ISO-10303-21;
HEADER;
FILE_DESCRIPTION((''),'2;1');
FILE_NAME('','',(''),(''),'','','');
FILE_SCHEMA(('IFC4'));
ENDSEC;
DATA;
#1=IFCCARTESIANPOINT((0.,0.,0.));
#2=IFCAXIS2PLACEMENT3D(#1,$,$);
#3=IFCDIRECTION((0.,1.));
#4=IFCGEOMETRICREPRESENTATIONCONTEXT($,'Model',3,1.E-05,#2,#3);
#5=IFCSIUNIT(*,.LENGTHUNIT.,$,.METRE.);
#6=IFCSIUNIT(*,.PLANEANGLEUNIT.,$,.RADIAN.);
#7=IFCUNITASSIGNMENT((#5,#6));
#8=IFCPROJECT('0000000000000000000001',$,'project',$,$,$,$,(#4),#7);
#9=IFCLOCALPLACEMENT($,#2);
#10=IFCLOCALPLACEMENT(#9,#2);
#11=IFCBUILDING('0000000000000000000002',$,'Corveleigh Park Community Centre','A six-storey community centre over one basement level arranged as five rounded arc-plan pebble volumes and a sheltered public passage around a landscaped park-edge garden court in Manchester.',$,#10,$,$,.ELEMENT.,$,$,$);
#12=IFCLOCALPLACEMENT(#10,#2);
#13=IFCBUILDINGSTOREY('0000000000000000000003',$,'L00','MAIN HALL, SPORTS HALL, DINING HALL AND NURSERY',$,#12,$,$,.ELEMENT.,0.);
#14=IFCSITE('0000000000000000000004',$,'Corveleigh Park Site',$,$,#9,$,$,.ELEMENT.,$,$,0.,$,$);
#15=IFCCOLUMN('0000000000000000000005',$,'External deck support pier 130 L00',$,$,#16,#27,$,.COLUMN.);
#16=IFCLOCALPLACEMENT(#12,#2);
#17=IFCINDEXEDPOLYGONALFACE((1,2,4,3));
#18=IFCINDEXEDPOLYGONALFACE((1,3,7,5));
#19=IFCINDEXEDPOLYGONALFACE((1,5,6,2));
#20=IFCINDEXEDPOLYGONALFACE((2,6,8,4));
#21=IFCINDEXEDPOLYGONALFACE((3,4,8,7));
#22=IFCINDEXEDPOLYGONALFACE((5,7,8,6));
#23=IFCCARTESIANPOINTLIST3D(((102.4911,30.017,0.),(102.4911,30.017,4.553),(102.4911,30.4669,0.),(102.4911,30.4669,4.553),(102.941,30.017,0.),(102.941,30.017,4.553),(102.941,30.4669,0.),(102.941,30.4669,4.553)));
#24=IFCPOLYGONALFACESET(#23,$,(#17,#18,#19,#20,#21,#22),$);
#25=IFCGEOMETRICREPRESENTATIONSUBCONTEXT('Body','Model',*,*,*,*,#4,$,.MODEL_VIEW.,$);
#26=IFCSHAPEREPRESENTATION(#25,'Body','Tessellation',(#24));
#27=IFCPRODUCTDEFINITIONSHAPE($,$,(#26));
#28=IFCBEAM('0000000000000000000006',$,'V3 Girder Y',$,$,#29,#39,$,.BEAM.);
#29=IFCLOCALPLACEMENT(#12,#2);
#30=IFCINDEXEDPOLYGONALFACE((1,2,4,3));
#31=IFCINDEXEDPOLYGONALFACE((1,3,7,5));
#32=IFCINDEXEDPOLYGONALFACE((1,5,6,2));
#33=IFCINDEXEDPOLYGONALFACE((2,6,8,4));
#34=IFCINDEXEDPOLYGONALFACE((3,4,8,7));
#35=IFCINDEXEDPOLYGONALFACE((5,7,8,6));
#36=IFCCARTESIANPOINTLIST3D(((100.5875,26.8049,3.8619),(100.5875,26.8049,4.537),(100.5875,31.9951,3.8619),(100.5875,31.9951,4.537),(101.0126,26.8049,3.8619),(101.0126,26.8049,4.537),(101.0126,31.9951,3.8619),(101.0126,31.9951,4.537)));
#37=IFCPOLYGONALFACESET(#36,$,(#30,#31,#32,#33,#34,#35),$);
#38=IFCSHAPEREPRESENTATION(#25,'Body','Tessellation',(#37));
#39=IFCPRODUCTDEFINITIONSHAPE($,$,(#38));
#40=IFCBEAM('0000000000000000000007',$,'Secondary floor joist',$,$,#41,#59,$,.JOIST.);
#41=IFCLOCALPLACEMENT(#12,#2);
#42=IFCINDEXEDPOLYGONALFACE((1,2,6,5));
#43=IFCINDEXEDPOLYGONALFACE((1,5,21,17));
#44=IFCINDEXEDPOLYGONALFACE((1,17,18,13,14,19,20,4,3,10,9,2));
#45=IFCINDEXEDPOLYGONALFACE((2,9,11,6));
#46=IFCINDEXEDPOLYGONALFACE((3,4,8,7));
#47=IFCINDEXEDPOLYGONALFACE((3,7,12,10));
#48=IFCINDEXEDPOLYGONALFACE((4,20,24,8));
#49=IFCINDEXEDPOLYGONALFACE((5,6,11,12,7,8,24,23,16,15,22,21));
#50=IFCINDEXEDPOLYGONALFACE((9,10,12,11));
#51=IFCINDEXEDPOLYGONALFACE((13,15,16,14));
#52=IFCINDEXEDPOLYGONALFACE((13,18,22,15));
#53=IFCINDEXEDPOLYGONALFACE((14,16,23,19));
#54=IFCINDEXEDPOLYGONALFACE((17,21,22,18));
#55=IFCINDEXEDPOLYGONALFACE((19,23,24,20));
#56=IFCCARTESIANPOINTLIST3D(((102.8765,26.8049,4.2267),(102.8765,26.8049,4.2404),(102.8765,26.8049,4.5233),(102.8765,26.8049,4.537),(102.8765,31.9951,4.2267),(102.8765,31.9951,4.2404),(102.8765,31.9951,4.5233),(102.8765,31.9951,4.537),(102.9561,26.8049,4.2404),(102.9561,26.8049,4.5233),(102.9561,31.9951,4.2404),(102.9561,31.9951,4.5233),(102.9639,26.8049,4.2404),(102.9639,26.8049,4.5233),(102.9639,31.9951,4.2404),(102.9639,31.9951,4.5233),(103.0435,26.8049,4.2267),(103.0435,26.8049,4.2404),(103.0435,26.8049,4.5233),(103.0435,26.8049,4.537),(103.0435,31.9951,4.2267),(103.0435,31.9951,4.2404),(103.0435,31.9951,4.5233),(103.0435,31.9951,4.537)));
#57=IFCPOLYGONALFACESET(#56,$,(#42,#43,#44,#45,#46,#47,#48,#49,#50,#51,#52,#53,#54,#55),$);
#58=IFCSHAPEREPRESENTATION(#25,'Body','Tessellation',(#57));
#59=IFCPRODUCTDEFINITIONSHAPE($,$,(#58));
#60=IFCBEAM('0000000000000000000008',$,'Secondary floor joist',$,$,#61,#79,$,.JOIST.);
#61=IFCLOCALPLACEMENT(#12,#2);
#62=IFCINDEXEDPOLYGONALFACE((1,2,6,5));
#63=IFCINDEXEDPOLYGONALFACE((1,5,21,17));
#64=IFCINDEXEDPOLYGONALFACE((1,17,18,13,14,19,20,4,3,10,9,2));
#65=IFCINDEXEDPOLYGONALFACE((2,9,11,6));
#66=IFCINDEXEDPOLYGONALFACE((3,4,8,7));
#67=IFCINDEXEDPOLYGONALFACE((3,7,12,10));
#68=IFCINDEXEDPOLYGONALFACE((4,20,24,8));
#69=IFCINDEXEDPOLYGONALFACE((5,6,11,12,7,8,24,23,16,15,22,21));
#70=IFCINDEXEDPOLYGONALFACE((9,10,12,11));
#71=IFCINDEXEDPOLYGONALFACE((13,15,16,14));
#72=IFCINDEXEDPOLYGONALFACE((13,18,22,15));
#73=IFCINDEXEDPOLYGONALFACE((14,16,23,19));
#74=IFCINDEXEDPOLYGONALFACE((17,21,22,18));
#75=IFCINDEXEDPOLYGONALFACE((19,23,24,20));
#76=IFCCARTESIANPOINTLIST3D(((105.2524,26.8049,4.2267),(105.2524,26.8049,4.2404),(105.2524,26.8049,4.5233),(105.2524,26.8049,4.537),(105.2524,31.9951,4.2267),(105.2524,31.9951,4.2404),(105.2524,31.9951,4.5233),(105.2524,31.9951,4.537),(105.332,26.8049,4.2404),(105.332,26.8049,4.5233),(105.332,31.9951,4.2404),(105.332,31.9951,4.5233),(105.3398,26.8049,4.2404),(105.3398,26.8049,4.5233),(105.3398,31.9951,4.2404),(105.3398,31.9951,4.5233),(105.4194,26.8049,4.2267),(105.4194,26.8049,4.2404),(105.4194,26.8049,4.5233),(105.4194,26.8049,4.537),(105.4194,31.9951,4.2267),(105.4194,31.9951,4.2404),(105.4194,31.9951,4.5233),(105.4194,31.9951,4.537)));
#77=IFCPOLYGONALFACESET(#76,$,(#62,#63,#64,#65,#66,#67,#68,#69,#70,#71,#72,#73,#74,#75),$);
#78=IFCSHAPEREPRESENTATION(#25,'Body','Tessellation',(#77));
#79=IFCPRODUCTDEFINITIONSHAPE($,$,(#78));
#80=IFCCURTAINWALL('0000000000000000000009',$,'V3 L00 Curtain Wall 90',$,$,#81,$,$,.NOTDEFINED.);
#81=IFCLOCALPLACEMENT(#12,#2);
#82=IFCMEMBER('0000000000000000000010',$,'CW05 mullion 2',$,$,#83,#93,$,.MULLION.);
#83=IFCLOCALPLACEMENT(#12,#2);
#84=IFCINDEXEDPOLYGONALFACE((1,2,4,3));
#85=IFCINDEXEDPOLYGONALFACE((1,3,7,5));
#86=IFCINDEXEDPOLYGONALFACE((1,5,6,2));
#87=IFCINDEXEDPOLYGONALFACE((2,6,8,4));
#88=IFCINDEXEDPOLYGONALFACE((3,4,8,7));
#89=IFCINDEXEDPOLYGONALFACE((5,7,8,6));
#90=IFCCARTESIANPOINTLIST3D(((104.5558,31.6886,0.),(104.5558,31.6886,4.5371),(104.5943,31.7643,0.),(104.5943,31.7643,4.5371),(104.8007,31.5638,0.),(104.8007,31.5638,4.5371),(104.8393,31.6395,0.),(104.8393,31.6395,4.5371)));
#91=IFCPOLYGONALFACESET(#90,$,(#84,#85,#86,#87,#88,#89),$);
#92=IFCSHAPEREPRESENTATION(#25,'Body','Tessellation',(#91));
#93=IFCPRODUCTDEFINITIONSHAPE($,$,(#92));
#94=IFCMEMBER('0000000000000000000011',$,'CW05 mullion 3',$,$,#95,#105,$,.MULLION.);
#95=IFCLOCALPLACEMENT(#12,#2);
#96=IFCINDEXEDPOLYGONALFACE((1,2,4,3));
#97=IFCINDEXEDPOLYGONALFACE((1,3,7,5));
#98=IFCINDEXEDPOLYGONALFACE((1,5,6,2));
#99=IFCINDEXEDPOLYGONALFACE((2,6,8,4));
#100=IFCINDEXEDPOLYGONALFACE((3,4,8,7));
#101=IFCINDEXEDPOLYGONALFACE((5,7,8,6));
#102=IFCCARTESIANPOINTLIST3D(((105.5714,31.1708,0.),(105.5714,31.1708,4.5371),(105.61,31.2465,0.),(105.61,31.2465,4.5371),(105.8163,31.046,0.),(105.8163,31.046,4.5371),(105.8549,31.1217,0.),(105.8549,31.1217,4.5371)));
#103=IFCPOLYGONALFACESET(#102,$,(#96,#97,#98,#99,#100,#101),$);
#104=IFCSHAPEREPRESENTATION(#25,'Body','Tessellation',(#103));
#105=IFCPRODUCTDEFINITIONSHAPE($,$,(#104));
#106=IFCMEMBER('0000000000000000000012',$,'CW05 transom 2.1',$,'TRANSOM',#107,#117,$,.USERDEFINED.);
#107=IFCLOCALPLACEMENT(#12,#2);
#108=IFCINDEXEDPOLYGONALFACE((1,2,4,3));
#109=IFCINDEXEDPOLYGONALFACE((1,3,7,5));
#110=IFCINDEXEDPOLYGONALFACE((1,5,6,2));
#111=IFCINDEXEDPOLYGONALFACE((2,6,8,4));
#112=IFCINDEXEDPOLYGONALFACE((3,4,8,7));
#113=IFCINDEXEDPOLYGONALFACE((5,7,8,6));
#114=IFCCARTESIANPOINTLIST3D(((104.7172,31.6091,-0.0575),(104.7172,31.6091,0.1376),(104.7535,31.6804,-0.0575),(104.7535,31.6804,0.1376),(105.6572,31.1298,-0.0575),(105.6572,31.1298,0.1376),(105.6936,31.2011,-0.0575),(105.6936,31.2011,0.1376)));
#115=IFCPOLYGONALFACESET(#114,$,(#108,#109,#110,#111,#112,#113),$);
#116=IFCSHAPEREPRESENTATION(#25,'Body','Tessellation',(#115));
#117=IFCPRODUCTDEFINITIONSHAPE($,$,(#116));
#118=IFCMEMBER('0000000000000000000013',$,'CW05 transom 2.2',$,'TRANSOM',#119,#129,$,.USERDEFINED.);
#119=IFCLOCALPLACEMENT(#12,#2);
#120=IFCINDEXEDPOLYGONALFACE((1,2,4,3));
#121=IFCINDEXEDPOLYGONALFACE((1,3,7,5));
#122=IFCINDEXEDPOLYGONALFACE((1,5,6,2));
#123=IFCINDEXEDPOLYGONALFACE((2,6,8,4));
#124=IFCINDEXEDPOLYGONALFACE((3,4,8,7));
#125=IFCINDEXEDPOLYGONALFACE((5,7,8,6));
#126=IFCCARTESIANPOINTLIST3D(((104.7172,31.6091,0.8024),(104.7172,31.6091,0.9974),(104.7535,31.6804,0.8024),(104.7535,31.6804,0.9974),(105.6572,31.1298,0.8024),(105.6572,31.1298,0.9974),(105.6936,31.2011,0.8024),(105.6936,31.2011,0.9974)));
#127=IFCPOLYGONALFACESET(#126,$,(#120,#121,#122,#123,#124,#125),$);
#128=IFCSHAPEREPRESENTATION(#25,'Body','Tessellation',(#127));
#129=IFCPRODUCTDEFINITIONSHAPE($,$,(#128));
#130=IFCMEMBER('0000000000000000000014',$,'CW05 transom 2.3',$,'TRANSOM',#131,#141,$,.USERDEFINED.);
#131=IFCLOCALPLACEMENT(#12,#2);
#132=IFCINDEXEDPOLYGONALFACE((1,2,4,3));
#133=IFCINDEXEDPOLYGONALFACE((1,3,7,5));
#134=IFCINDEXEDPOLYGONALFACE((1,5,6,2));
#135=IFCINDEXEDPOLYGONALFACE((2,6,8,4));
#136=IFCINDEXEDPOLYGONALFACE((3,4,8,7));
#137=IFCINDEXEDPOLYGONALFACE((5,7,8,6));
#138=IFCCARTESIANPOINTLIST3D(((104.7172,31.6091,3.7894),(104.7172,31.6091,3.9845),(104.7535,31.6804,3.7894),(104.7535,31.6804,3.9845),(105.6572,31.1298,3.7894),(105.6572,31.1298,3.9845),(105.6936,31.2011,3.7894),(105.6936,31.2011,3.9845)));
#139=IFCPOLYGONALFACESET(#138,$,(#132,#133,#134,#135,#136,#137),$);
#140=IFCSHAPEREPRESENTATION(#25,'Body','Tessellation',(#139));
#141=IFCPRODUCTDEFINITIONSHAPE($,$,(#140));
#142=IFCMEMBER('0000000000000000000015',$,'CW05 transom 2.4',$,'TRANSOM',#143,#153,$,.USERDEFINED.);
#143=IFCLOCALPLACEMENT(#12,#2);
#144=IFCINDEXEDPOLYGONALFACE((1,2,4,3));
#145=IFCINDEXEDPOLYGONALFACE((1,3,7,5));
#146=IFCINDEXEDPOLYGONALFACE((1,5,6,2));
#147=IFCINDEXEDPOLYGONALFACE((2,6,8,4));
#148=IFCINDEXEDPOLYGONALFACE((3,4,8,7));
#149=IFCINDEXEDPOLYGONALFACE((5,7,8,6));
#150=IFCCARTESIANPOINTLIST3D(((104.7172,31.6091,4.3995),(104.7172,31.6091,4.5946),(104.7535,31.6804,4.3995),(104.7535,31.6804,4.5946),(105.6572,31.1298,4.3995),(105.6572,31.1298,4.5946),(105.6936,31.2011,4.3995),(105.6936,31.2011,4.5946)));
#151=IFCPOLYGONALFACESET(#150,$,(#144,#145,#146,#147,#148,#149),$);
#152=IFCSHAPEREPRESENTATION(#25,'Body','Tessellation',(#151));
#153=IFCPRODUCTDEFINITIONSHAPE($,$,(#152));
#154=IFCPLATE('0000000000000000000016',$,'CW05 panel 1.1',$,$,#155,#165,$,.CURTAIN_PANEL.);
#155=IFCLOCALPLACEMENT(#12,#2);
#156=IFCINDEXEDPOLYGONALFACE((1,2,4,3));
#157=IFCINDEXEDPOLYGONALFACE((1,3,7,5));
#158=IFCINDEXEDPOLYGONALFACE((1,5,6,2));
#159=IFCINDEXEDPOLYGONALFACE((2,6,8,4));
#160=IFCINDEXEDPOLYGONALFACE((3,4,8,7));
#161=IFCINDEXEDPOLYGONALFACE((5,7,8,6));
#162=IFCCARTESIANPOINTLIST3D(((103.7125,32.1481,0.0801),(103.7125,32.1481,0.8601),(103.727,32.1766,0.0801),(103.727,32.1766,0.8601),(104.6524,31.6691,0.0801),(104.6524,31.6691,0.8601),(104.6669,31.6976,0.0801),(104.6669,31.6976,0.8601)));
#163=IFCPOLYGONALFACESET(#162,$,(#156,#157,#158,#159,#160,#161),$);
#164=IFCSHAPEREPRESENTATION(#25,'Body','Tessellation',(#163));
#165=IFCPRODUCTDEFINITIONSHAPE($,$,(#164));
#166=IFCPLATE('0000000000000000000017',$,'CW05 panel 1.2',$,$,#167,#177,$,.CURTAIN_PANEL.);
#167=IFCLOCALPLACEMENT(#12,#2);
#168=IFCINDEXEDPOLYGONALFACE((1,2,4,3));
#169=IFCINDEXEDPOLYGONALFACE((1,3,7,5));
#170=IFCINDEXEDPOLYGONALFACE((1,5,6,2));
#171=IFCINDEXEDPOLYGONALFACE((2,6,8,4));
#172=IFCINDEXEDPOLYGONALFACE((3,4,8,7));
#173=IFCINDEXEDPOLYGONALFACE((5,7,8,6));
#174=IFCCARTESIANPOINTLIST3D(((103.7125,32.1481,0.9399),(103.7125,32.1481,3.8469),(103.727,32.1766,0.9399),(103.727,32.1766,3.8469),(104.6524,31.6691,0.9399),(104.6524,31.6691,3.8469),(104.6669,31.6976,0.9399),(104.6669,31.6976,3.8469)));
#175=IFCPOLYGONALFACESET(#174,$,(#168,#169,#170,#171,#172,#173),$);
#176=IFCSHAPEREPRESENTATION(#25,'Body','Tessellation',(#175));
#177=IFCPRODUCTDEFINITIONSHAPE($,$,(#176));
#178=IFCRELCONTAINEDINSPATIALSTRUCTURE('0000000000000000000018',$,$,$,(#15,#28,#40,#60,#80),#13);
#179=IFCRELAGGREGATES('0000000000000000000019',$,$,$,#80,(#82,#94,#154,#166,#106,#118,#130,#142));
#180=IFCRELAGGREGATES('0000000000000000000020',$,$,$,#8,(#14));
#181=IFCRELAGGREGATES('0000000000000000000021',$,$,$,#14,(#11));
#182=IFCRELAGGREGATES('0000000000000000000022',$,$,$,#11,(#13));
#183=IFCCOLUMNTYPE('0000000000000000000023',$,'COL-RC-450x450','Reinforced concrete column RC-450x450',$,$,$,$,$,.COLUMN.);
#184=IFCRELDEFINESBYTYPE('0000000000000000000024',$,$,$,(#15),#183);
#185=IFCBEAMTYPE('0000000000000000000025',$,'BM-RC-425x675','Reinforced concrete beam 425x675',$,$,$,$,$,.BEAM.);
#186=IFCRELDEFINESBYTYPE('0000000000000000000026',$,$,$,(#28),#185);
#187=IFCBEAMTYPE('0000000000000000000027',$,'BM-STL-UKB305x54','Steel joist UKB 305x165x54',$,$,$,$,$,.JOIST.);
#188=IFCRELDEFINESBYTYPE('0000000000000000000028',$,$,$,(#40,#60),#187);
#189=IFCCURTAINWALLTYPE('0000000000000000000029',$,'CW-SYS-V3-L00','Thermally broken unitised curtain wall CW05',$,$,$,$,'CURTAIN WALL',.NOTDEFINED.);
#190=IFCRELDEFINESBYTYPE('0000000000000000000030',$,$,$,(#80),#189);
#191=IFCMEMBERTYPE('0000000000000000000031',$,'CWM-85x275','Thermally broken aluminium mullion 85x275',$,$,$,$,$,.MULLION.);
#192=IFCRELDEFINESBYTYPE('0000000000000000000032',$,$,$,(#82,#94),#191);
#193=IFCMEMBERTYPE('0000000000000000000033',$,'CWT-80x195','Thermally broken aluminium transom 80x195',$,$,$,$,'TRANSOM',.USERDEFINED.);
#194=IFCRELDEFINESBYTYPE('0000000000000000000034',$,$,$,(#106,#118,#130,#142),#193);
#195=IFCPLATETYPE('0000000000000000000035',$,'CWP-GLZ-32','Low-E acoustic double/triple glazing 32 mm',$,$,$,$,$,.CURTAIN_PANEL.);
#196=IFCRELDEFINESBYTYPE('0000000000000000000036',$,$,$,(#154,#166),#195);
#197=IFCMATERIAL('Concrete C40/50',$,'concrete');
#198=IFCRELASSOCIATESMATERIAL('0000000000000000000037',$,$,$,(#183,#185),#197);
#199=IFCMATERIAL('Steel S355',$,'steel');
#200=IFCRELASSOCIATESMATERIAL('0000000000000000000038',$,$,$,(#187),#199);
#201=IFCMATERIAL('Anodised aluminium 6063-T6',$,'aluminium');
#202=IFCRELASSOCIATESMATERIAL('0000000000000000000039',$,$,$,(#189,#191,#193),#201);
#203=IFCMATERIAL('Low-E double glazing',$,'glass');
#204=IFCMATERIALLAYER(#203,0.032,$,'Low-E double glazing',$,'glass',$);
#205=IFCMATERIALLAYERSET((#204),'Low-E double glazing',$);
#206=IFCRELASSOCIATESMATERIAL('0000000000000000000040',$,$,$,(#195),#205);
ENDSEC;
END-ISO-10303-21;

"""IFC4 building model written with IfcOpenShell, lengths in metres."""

from ifc_helpers import new_model, si_unit, direction, frame, origin, origin_2d, place, context, subcontext, project, spatial, rectangle, i_section, extrude, material, layer, layer_set, material_profile, profile_set, type_object, element, aggregate, save


model = new_model("IFC4")

# Units and contexts
model_context = context("Model", 3, precision=1e-05, world=origin(), true_north=direction((0.0, 1.0)))
body_context = subcontext(model_context, "Body", "Model", "MODEL_VIEW")
ifc_project = project(units=[si_unit("LENGTHUNIT", "METRE"), si_unit("PLANEANGLEUNIT", "RADIAN")], contexts=[model_context])

# Site, building, storey
site_placement = place(None, origin())
site = spatial("IfcSite", under=ifc_project, at=site_placement, Name="Corveleigh Park Site", CompositionType="ELEMENT", RefElevation=0.0)
building_placement = place(site_placement, origin())
building = spatial("IfcBuilding", under=site, at=building_placement, Name="Corveleigh Park Community Centre", Description="A six-storey community centre over one basement level arranged as five rounded arc-plan pebble volumes and a sheltered public passage around a landscaped park-edge garden court in Manchester.", CompositionType="ELEMENT")
storey_placement = place(building_placement, origin())
storey = spatial("IfcBuildingStorey", under=building, at=storey_placement, Name="L00", Description="MAIN HALL, SPORTS HALL, DINING HALL AND NURSERY", CompositionType="ELEMENT", Elevation=0.0)

# Column
ifc_material_1 = material(Name="Concrete C40/50", Category="concrete")
ifc_material_profile_1 = material_profile(ifc_material_1, rectangle(XDim=0.45, YDim=0.45, at=origin_2d()), Name="RC-450x450", Category="concrete")
ifc_profile_set_1 = profile_set([ifc_material_profile_1], Name="Concrete C40/50")
column_type = type_object("IfcColumnType", Name="COL-RC-450x450", Description="Reinforced concrete column RC-450x450", PredefinedType="COLUMN", material=ifc_profile_set_1)
column_placement = place(storey_placement, frame((102.7161, 30.2419, 0.0), z_axis=(0.0, 0.0, 1.0), x_axis=(1.0, 0.0, 0.0)))
element("IfcColumn", 1, at=column_placement, inside=storey, type_object=column_type, Name="External deck support pier 130 L00", PredefinedType="COLUMN", context=body_context, shape_type="SweptSolid", body=[
    extrude(rectangle(XDim=0.45, YDim=0.45, at=origin_2d()), origin(), (0.0, 0.0, 1.0), 4.553),
])

# Beams
ifc_material_profile_2 = material_profile(ifc_material_1, rectangle(XDim=0.425, YDim=0.675, at=origin_2d()), Name="RC-425x675", Category="concrete")
ifc_profile_set_2 = profile_set([ifc_material_profile_2], Name="Concrete C40/50")
beam_type_1 = type_object("IfcBeamType", Name="BM-RC-425x675", Description="Reinforced concrete beam 425x675", PredefinedType="BEAM", material=ifc_profile_set_2)
beam_placement = place(storey_placement, frame((100.8, 26.8049, 4.1995), z_axis=(0.0, 1.0, 0.0), x_axis=(-1.0, 0.0, 0.0)))
element("IfcBeam", 2, at=beam_placement, inside=storey, type_object=beam_type_1, Name="V3 Girder Y", PredefinedType="BEAM", context=body_context, shape_type="SweptSolid", body=[
    extrude(rectangle(XDim=0.425, YDim=0.675, at=origin_2d()), origin(), (0.0, 0.0, 1.0), 5.1902),
])
ifc_material_2 = material(Name="Steel S355", Category="steel")
ifc_material_profile_3 = material_profile(ifc_material_2, i_section(OverallWidth=0.167, OverallDepth=0.3103, WebThickness=0.0078, FlangeThickness=0.0137, at=origin_2d()), Name="UKB 305x165x54", Category="steel")
ifc_profile_set_3 = profile_set([ifc_material_profile_3], Name="Steel S355")
beam_type_2 = type_object("IfcBeamType", Name="BM-STL-UKB305x54", Description="Steel joist UKB 305x165x54", PredefinedType="JOIST", material=ifc_profile_set_3)
for number, where, z_axis, x_axis, name in (
    (3, (102.96, 26.8049, 4.3818), (0.0, 1.0, 0.0), (-1.0, 0.0, 0.0), "Secondary floor joist"),
    (4, (105.3359, 26.8049, 4.3818), (0.0, 1.0, 0.0), (-1.0, 0.0, 0.0), "Secondary floor joist"),
):
    element("IfcBeam", number, at=place(storey_placement, frame(where, z_axis=z_axis, x_axis=x_axis)), inside=storey, type_object=beam_type_2, Name=name, PredefinedType="JOIST", context=body_context, shape_type="SweptSolid", body=[
        extrude(i_section(OverallWidth=0.167, OverallDepth=0.3103, WebThickness=0.0078, FlangeThickness=0.0137, at=origin_2d()), origin(), (0.0, 0.0, 1.0), 5.1902),
    ])

# Curtain wall, members, plates
ifc_material_3 = material(Name="Anodised aluminium 6063-T6", Category="aluminium")
curtain_wall_type = type_object("IfcCurtainWallType", Name="CW-SYS-V3-L00", Description="Thermally broken unitised curtain wall CW05", ElementType="CURTAIN WALL", PredefinedType="NOTDEFINED", material=ifc_material_3)
curtain_wall_placement = place(storey_placement, origin())
curtain_wall = element("IfcCurtainWall", 5, at=curtain_wall_placement, inside=storey, type_object=curtain_wall_type, Name="V3 L00 Curtain Wall 90", PredefinedType="NOTDEFINED")
ifc_material_profile_4 = material_profile(ifc_material_3, rectangle(XDim=0.085, YDim=0.2749, at=origin_2d()), Name="ALU-M85x275", Category="aluminium")
ifc_profile_set_4 = profile_set([ifc_material_profile_4], Name="Anodised aluminium 6063-T6")
member_type_1 = type_object("IfcMemberType", Name="CWM-85x275", Description="Thermally broken aluminium mullion 85x275", PredefinedType="MULLION", material=ifc_profile_set_4)
member_1_placement = place(storey_placement, frame((104.6975, 31.6641, 0.0), z_axis=(0.0, 0.0, 1.0), x_axis=(0.454135, 0.890933, 0.0)))
member_1 = element("IfcMember", 6, at=member_1_placement, type_object=member_type_1, Name="CW05 mullion 2", PredefinedType="MULLION", context=body_context, shape_type="SweptSolid", body=[
    extrude(rectangle(XDim=0.085, YDim=0.2749, at=origin_2d()), origin(), (0.0, 0.0, 1.0), 4.5371),
])
member_2_placement = place(storey_placement, frame((105.7131, 31.1462, 0.0), z_axis=(0.0, 0.0, 1.0), x_axis=(0.454135, 0.890933, 0.0)))
member_2 = element("IfcMember", 7, at=member_2_placement, type_object=member_type_1, Name="CW05 mullion 3", PredefinedType="MULLION", context=body_context, shape_type="SweptSolid", body=[
    extrude(rectangle(XDim=0.085, YDim=0.2749, at=origin_2d()), origin(), (0.0, 0.0, 1.0), 4.5371),
])
ifc_material_profile_5 = material_profile(ifc_material_3, rectangle(XDim=0.0801, YDim=0.1951, at=origin_2d()), Name="ALU-T80x195", Category="aluminium")
ifc_profile_set_5 = profile_set([ifc_material_profile_5], Name="Anodised aluminium 6063-T6")
member_type_2 = type_object("IfcMemberType", Name="CWT-80x195", Description="Thermally broken aluminium transom 80x195", ElementType="TRANSOM", PredefinedType="USERDEFINED", material=ifc_profile_set_5)
member_3_placement = place(storey_placement, frame((104.7354, 31.6448, 0.04), z_axis=(0.890882, -0.454234, 0.0), x_axis=(0.454234, 0.890882, 0.0)))
member_3 = element("IfcMember", 8, at=member_3_placement, type_object=member_type_2, Name="CW05 transom 2.1", ObjectType="TRANSOM", PredefinedType="USERDEFINED", context=body_context, shape_type="SweptSolid", body=[
    extrude(rectangle(XDim=0.0801, YDim=0.1951, at=origin_2d()), origin(), (0.0, 0.0, 1.0), 1.0552),
])
member_4_placement = place(storey_placement, frame((104.7354, 31.6448, 0.8999), z_axis=(0.890882, -0.454234, 0.0), x_axis=(0.454234, 0.890882, 0.0)))
member_4 = element("IfcMember", 9, at=member_4_placement, type_object=member_type_2, Name="CW05 transom 2.2", ObjectType="TRANSOM", PredefinedType="USERDEFINED", context=body_context, shape_type="SweptSolid", body=[
    extrude(rectangle(XDim=0.0801, YDim=0.1951, at=origin_2d()), origin(), (0.0, 0.0, 1.0), 1.0552),
])
member_5_placement = place(storey_placement, frame((104.7354, 31.6448, 3.887), z_axis=(0.890882, -0.454234, 0.0), x_axis=(0.454234, 0.890882, 0.0)))
member_5 = element("IfcMember", 10, at=member_5_placement, type_object=member_type_2, Name="CW05 transom 2.3", ObjectType="TRANSOM", PredefinedType="USERDEFINED", context=body_context, shape_type="SweptSolid", body=[
    extrude(rectangle(XDim=0.0801, YDim=0.1951, at=origin_2d()), origin(), (0.0, 0.0, 1.0), 1.0552),
])
member_6_placement = place(storey_placement, frame((104.7354, 31.6448, 4.4971), z_axis=(0.890882, -0.454234, 0.0), x_axis=(0.454234, 0.890882, 0.0)))
member_6 = element("IfcMember", 11, at=member_6_placement, type_object=member_type_2, Name="CW05 transom 2.4", ObjectType="TRANSOM", PredefinedType="USERDEFINED", context=body_context, shape_type="SweptSolid", body=[
    extrude(rectangle(XDim=0.0801, YDim=0.1951, at=origin_2d()), origin(), (0.0, 0.0, 1.0), 1.0552),
])
ifc_material_4 = material(Name="Low-E double glazing", Category="glass")
ifc_layer = layer(ifc_material_4, 0.032, Name="Low-E double glazing", Category="glass")
ifc_layer_set = layer_set([ifc_layer], Name="Low-E double glazing")
plate_type = type_object("IfcPlateType", Name="CWP-GLZ-32", Description="Low-E acoustic double/triple glazing 32 mm", PredefinedType="CURTAIN_PANEL", material=ifc_layer_set)
plate_1_placement = place(storey_placement, frame((104.1897, 31.9229, 0.0801), z_axis=(0.0, 0.0, 1.0), x_axis=(0.890933, -0.454135, 0.0)))
plate_1 = element("IfcPlate", 12, at=plate_1_placement, type_object=plate_type, Name="CW05 panel 1.1", PredefinedType="CURTAIN_PANEL", context=body_context, shape_type="SweptSolid", body=[
    extrude(rectangle(XDim=1.0549, YDim=0.032, at=origin_2d()), origin(), (0.0, 0.0, 1.0), 0.78),
])
plate_2_placement = place(storey_placement, frame((104.1897, 31.9229, 0.9399), z_axis=(0.0, 0.0, 1.0), x_axis=(0.890933, -0.454135, 0.0)))
plate_2 = element("IfcPlate", 13, at=plate_2_placement, type_object=plate_type, Name="CW05 panel 1.2", PredefinedType="CURTAIN_PANEL", context=body_context, shape_type="SweptSolid", body=[
    extrude(rectangle(XDim=1.0549, YDim=0.032, at=origin_2d()), origin(), (0.0, 0.0, 1.0), 2.907),
])
aggregate(curtain_wall, [member_1, member_2, plate_1, plate_2, member_3, member_4, member_5, member_6])

save(model, "model.ifc")
